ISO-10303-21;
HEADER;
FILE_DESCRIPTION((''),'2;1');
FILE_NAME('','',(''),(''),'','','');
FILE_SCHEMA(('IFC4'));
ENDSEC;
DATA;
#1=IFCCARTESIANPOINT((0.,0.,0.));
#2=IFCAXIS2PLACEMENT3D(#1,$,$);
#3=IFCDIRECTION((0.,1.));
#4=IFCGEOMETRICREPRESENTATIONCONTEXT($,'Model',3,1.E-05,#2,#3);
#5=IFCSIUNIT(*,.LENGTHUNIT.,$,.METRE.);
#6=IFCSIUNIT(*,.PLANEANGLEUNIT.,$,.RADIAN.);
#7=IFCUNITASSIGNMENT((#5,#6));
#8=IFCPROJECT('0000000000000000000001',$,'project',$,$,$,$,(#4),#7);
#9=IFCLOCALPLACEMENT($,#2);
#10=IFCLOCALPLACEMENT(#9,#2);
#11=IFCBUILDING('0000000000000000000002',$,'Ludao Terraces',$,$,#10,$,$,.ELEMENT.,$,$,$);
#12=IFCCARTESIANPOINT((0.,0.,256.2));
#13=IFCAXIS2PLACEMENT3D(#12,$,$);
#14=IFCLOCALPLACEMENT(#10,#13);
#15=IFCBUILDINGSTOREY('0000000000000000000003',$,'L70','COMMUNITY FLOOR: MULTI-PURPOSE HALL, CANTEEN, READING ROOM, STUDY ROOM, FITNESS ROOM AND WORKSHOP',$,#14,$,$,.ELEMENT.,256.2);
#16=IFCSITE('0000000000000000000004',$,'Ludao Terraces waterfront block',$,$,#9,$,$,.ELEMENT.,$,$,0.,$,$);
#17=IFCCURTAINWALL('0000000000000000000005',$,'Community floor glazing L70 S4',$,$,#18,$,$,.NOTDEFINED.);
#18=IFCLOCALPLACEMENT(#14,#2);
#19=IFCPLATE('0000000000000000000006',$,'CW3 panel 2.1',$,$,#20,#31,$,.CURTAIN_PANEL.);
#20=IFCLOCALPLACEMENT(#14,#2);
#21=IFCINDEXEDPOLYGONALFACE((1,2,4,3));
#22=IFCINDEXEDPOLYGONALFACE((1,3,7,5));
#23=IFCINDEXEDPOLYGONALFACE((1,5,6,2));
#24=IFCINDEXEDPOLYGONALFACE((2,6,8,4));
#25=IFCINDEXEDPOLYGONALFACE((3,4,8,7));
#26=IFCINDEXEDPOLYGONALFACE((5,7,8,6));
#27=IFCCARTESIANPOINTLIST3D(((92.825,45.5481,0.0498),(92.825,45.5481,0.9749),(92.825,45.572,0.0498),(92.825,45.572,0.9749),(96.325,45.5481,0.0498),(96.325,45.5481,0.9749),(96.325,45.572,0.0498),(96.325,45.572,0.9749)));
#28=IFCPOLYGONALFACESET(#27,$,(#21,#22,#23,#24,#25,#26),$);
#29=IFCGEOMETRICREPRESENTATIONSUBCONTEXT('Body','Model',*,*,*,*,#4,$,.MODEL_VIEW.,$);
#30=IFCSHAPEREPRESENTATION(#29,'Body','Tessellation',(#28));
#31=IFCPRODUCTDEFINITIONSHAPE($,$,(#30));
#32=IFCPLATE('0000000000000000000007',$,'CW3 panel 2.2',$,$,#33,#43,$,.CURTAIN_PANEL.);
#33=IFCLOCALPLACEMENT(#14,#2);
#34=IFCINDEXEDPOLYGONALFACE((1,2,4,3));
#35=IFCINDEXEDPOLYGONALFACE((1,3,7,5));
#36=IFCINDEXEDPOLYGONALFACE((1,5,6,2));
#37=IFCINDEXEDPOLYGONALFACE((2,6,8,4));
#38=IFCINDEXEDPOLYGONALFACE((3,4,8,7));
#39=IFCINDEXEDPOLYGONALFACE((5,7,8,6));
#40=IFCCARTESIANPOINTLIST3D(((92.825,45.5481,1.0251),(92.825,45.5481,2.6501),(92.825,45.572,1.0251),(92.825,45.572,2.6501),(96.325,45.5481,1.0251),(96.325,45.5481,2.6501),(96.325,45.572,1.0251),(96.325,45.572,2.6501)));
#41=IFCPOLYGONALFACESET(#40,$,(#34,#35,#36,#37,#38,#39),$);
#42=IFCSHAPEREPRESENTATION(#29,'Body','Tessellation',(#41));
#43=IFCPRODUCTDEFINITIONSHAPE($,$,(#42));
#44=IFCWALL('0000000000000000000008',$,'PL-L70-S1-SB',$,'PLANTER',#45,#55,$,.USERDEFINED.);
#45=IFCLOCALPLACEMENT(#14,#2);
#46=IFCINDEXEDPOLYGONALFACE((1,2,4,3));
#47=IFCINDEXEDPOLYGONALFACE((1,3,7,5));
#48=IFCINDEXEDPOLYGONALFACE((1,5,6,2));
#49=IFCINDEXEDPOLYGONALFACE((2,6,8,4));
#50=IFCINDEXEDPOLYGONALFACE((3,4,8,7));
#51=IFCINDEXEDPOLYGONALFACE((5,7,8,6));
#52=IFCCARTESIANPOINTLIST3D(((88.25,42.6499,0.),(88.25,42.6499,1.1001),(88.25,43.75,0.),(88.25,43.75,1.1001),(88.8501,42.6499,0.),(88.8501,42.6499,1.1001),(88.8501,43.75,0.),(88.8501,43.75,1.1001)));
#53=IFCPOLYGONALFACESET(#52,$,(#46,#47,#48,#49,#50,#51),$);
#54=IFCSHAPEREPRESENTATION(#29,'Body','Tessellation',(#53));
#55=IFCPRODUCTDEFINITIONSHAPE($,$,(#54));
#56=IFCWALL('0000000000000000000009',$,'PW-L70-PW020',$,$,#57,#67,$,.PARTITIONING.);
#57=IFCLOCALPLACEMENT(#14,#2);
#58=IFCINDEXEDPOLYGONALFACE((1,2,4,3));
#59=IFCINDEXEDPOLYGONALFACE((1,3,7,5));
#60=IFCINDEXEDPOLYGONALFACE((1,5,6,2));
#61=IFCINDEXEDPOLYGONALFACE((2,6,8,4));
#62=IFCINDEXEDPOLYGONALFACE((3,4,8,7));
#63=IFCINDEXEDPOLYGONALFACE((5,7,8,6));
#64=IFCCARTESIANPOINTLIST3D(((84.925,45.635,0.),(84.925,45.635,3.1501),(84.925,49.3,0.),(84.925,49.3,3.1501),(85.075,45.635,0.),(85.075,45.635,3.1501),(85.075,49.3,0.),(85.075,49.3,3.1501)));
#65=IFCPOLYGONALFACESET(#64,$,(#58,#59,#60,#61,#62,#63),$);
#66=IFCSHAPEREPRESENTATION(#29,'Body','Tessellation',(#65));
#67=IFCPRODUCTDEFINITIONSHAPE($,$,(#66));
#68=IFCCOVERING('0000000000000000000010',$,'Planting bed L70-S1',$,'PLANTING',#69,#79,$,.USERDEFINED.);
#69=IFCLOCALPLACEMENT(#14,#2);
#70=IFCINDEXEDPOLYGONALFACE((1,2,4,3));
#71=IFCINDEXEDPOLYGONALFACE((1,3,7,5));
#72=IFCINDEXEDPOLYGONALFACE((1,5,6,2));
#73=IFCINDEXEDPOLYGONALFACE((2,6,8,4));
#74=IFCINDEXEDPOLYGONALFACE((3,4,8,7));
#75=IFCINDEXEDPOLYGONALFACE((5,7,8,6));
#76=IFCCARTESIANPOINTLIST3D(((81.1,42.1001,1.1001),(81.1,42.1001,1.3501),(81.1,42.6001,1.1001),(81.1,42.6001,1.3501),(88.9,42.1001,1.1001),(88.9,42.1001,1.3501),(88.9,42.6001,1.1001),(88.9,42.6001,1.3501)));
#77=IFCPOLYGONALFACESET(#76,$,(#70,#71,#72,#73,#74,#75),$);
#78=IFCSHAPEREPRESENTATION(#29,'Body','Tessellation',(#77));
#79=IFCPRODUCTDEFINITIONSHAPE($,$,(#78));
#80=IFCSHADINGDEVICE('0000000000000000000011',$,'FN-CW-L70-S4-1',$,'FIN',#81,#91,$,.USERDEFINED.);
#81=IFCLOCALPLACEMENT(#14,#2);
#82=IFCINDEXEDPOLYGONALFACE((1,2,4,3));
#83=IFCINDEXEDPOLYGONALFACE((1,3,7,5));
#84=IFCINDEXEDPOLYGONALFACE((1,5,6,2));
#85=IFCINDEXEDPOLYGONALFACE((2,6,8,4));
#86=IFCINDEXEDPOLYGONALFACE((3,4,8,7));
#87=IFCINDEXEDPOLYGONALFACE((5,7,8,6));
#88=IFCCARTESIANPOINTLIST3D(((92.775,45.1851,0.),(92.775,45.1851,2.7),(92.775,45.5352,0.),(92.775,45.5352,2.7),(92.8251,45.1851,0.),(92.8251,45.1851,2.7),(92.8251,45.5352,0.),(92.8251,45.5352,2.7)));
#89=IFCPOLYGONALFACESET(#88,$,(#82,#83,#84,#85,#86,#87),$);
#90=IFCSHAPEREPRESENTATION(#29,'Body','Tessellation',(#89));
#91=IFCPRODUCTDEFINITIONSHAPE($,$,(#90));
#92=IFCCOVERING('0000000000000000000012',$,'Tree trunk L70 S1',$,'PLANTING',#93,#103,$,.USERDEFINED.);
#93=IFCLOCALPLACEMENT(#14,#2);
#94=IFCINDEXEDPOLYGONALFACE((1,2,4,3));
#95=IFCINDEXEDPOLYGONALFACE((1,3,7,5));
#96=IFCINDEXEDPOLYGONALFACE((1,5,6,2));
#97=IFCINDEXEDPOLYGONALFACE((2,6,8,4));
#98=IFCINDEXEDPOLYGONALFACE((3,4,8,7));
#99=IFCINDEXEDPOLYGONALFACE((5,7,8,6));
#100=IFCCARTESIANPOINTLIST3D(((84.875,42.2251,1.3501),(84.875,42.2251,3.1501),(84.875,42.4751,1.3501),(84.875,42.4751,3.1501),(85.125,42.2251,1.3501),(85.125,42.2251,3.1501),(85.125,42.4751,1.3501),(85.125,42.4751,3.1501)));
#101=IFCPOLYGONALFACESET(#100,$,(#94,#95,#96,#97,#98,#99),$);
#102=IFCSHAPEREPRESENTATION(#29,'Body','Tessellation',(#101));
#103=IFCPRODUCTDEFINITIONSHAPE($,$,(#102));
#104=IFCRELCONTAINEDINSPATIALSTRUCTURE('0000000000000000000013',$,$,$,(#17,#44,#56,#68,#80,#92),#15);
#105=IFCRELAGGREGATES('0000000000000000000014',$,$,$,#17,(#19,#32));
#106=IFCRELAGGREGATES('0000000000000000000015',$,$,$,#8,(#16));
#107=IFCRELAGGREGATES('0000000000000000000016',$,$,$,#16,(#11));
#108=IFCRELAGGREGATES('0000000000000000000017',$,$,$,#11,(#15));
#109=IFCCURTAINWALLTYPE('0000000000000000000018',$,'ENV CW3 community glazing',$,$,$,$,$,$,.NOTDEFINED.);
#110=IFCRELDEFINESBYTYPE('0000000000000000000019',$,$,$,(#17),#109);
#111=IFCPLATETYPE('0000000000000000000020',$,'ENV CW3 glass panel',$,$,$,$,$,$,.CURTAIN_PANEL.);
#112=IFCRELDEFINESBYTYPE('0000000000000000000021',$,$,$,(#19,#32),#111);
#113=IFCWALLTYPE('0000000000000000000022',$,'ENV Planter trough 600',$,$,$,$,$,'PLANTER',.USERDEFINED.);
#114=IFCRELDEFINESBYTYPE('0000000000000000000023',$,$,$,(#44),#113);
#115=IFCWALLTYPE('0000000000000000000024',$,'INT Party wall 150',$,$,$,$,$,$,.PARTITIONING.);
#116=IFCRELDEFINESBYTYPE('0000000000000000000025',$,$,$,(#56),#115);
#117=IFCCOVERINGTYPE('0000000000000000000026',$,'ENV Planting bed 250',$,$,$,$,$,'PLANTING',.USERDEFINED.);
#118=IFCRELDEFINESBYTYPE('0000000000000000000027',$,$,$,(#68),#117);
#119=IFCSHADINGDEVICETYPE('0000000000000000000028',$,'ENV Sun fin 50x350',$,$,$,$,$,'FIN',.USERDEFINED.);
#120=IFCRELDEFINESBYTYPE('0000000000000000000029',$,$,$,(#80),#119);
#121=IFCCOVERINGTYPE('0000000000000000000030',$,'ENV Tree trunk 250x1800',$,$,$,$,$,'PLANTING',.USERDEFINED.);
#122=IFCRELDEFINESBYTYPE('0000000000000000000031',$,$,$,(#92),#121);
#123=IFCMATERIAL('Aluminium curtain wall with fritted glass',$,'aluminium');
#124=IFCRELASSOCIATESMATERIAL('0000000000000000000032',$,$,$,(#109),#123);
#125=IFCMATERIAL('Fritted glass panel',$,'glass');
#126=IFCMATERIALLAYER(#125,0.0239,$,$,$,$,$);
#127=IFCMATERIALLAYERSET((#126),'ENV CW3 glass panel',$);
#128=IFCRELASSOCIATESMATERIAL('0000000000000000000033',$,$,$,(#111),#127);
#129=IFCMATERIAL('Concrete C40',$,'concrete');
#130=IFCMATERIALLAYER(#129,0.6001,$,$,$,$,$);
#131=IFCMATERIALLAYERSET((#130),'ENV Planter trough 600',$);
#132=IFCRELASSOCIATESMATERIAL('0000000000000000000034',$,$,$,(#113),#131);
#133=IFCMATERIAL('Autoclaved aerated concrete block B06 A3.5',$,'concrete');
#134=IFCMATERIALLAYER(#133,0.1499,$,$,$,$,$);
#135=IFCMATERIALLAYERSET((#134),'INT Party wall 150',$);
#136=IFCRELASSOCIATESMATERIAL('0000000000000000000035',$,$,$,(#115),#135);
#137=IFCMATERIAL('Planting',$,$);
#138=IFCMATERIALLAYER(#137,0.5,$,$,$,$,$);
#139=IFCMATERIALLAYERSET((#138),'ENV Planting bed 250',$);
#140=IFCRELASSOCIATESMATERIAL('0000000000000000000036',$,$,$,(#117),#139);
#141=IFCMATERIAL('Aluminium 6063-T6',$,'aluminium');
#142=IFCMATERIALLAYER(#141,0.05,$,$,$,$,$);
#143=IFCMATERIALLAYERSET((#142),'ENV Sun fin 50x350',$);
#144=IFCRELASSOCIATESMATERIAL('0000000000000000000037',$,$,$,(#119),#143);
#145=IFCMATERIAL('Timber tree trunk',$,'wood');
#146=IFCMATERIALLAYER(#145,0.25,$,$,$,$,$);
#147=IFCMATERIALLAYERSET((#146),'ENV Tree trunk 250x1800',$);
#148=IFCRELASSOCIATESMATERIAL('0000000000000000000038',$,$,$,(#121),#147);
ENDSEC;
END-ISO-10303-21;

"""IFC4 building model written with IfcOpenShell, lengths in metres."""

from ifc_helpers import new_model, si_unit, direction, frame, frame_2d, origin, origin_2d, place, context, subcontext, project, spatial, rectangle, extrude, material, layer, layer_set, type_object, element, aggregate, save


model = new_model("IFC4")

# Units and contexts
model_context = context("Model", 3, precision=1e-05, world=origin(), true_north=direction((0.0, 1.0)))
body_context = subcontext(model_context, "Body", "Model", "MODEL_VIEW")
ifc_project = project(units=[si_unit("LENGTHUNIT", "METRE"), si_unit("PLANEANGLEUNIT", "RADIAN")], contexts=[model_context])

# Site, building, storey
site_placement = place(None, origin())
site = spatial("IfcSite", under=ifc_project, at=site_placement, Name="Ludao Terraces waterfront block", CompositionType="ELEMENT", RefElevation=0.0)
building_placement = place(site_placement, origin())
building = spatial("IfcBuilding", under=site, at=building_placement, Name="Ludao Terraces", CompositionType="ELEMENT")
storey_placement = place(building_placement, frame((0.0, 0.0, 256.2)))
storey = spatial("IfcBuildingStorey", under=building, at=storey_placement, Name="L70", Description="COMMUNITY FLOOR: MULTI-PURPOSE HALL, CANTEEN, READING ROOM, STUDY ROOM, FITNESS ROOM AND WORKSHOP", CompositionType="ELEMENT", Elevation=256.2)

# Shared definitions
ifc_material_1 = material(Name="Concrete C40", Category="concrete")

# Curtain wall
ifc_material_2 = material(Name="Aluminium curtain wall with fritted glass", Category="aluminium")
curtain_wall_type = type_object("IfcCurtainWallType", Name="ENV CW3 community glazing", PredefinedType="NOTDEFINED", material=ifc_material_2)
curtain_wall_placement = place(storey_placement, origin())
curtain_wall = element("IfcCurtainWall", 1, at=curtain_wall_placement, inside=storey, type_object=curtain_wall_type, Name="Community floor glazing L70 S4", PredefinedType="NOTDEFINED")
ifc_material_3 = material(Name="Aluminium 6063-T6", Category="aluminium")

# Plates
ifc_material_4 = material(Name="Fritted glass panel", Category="glass")
ifc_layer_1 = layer(ifc_material_4, 0.0239)
ifc_layer_set_1 = layer_set([ifc_layer_1], Name="ENV CW3 glass panel")
plate_type = type_object("IfcPlateType", Name="ENV CW3 glass panel", PredefinedType="CURTAIN_PANEL", material=ifc_layer_set_1)
plate_1_placement = place(storey_placement, frame((94.575, 45.5601, 0.0498), z_axis=(0.0, 0.0, 1.0), x_axis=(1.0, 0.0, 0.0)))
plate_1 = element("IfcPlate", 2, at=plate_1_placement, type_object=plate_type, Name="CW3 panel 2.1", PredefinedType="CURTAIN_PANEL", context=body_context, shape_type="SweptSolid", body=[
    extrude(rectangle(XDim=3.5, YDim=0.0239, at=origin_2d()), origin(), (0.0, 0.0, 1.0), 0.925),
])
plate_2_placement = place(storey_placement, frame((94.575, 45.5601, 1.0251), z_axis=(0.0, 0.0, 1.0), x_axis=(1.0, 0.0, 0.0)))
plate_2 = element("IfcPlate", 3, at=plate_2_placement, type_object=plate_type, Name="CW3 panel 2.2", PredefinedType="CURTAIN_PANEL", context=body_context, shape_type="SweptSolid", body=[
    extrude(rectangle(XDim=3.5, YDim=0.0239, at=origin_2d()), origin(), (0.0, 0.0, 1.0), 1.625),
])
aggregate(curtain_wall, [plate_1, plate_2])

# Walls
ifc_layer_2 = layer(ifc_material_1, 0.6001)
ifc_layer_set_2 = layer_set([ifc_layer_2], Name="ENV Planter trough 600")
wall_type_1 = type_object("IfcWallType", Name="ENV Planter trough 600", ElementType="PLANTER", PredefinedType="USERDEFINED", material=ifc_layer_set_2)
wall_1_placement = place(storey_placement, frame((88.55, 42.6499, 0.0), z_axis=(0.0, 0.0, 1.0), x_axis=(0.0, 1.0, 0.0)))
element("IfcWall", 4, at=wall_1_placement, inside=storey, type_object=wall_type_1, Name="PL-L70-S1-SB", ObjectType="PLANTER", PredefinedType="USERDEFINED", context=body_context, shape_type="SweptSolid", body=[
    extrude(rectangle(XDim=1.1001, YDim=0.6001, at=frame_2d((0.55, 0.0))), origin(), (0.0, 0.0, 1.0), 1.1001),
])
ifc_material_5 = material(Name="Autoclaved aerated concrete block B06 A3.5", Category="concrete")
ifc_layer_3 = layer(ifc_material_5, 0.1499)
ifc_layer_set_3 = layer_set([ifc_layer_3], Name="INT Party wall 150")
wall_type_2 = type_object("IfcWallType", Name="INT Party wall 150", PredefinedType="PARTITIONING", material=ifc_layer_set_3)
wall_2_placement = place(storey_placement, frame((85.0, 45.635, 0.0), z_axis=(0.0, 0.0, 1.0), x_axis=(0.0, 1.0, 0.0)))
element("IfcWall", 5, at=wall_2_placement, inside=storey, type_object=wall_type_2, Name="PW-L70-PW020", PredefinedType="PARTITIONING", context=body_context, shape_type="SweptSolid", body=[
    extrude(rectangle(XDim=3.665, YDim=0.1499, at=frame_2d((1.8325, 0.0))), origin(), (0.0, 0.0, 1.0), 3.1501),
])

# Covering
ifc_material_6 = material(Name="Planting")
ifc_layer_4 = layer(ifc_material_6, 0.5)
ifc_layer_set_4 = layer_set([ifc_layer_4], Name="ENV Planting bed 250")
covering_type_1 = type_object("IfcCoveringType", Name="ENV Planting bed 250", ElementType="PLANTING", PredefinedType="USERDEFINED", material=ifc_layer_set_4)
covering_1_placement = place(storey_placement, frame((85.0, 42.3501, 1.1001), z_axis=(0.0, 0.0, 1.0), x_axis=(1.0, 0.0, 0.0)))
element("IfcCovering", 6, at=covering_1_placement, inside=storey, type_object=covering_type_1, Name="Planting bed L70-S1", ObjectType="PLANTING", PredefinedType="USERDEFINED", context=body_context, shape_type="SweptSolid", body=[
    extrude(rectangle(XDim=7.8, YDim=0.5, at=origin_2d()), origin(), (0.0, 0.0, 1.0), 0.25),
])

# Shading device
ifc_layer_5 = layer(ifc_material_3, 0.05)
ifc_layer_set_5 = layer_set([ifc_layer_5], Name="ENV Sun fin 50x350")
shading_device_type = type_object("IfcShadingDeviceType", Name="ENV Sun fin 50x350", ElementType="FIN", PredefinedType="USERDEFINED", material=ifc_layer_set_5)
shading_device_placement = place(storey_placement, frame((92.8, 45.3601, 0.0), z_axis=(0.0, 0.0, 1.0), x_axis=(1.0, 0.0, 0.0)))
element("IfcShadingDevice", 7, at=shading_device_placement, inside=storey, type_object=shading_device_type, Name="FN-CW-L70-S4-1", ObjectType="FIN", PredefinedType="USERDEFINED", context=body_context, shape_type="SweptSolid", body=[
    extrude(rectangle(XDim=0.05, YDim=0.3501, at=origin_2d()), origin(), (0.0, 0.0, 1.0), 2.7),
])

# Covering
ifc_material_7 = material(Name="Timber tree trunk", Category="wood")
ifc_layer_6 = layer(ifc_material_7, 0.25)
ifc_layer_set_6 = layer_set([ifc_layer_6], Name="ENV Tree trunk 250x1800")
covering_type_2 = type_object("IfcCoveringType", Name="ENV Tree trunk 250x1800", ElementType="PLANTING", PredefinedType="USERDEFINED", material=ifc_layer_set_6)
covering_2_placement = place(storey_placement, frame((85.0, 42.3501, 1.3501), z_axis=(0.0, 0.0, 1.0), x_axis=(1.0, 0.0, 0.0)))
element("IfcCovering", 8, at=covering_2_placement, inside=storey, type_object=covering_type_2, Name="Tree trunk L70 S1", ObjectType="PLANTING", PredefinedType="USERDEFINED", context=body_context, shape_type="SweptSolid", body=[
    extrude(rectangle(XDim=0.25, YDim=0.25, at=origin_2d()), origin(), (0.0, 0.0, 1.0), 1.8),
])

save(model, "model.ifc")
